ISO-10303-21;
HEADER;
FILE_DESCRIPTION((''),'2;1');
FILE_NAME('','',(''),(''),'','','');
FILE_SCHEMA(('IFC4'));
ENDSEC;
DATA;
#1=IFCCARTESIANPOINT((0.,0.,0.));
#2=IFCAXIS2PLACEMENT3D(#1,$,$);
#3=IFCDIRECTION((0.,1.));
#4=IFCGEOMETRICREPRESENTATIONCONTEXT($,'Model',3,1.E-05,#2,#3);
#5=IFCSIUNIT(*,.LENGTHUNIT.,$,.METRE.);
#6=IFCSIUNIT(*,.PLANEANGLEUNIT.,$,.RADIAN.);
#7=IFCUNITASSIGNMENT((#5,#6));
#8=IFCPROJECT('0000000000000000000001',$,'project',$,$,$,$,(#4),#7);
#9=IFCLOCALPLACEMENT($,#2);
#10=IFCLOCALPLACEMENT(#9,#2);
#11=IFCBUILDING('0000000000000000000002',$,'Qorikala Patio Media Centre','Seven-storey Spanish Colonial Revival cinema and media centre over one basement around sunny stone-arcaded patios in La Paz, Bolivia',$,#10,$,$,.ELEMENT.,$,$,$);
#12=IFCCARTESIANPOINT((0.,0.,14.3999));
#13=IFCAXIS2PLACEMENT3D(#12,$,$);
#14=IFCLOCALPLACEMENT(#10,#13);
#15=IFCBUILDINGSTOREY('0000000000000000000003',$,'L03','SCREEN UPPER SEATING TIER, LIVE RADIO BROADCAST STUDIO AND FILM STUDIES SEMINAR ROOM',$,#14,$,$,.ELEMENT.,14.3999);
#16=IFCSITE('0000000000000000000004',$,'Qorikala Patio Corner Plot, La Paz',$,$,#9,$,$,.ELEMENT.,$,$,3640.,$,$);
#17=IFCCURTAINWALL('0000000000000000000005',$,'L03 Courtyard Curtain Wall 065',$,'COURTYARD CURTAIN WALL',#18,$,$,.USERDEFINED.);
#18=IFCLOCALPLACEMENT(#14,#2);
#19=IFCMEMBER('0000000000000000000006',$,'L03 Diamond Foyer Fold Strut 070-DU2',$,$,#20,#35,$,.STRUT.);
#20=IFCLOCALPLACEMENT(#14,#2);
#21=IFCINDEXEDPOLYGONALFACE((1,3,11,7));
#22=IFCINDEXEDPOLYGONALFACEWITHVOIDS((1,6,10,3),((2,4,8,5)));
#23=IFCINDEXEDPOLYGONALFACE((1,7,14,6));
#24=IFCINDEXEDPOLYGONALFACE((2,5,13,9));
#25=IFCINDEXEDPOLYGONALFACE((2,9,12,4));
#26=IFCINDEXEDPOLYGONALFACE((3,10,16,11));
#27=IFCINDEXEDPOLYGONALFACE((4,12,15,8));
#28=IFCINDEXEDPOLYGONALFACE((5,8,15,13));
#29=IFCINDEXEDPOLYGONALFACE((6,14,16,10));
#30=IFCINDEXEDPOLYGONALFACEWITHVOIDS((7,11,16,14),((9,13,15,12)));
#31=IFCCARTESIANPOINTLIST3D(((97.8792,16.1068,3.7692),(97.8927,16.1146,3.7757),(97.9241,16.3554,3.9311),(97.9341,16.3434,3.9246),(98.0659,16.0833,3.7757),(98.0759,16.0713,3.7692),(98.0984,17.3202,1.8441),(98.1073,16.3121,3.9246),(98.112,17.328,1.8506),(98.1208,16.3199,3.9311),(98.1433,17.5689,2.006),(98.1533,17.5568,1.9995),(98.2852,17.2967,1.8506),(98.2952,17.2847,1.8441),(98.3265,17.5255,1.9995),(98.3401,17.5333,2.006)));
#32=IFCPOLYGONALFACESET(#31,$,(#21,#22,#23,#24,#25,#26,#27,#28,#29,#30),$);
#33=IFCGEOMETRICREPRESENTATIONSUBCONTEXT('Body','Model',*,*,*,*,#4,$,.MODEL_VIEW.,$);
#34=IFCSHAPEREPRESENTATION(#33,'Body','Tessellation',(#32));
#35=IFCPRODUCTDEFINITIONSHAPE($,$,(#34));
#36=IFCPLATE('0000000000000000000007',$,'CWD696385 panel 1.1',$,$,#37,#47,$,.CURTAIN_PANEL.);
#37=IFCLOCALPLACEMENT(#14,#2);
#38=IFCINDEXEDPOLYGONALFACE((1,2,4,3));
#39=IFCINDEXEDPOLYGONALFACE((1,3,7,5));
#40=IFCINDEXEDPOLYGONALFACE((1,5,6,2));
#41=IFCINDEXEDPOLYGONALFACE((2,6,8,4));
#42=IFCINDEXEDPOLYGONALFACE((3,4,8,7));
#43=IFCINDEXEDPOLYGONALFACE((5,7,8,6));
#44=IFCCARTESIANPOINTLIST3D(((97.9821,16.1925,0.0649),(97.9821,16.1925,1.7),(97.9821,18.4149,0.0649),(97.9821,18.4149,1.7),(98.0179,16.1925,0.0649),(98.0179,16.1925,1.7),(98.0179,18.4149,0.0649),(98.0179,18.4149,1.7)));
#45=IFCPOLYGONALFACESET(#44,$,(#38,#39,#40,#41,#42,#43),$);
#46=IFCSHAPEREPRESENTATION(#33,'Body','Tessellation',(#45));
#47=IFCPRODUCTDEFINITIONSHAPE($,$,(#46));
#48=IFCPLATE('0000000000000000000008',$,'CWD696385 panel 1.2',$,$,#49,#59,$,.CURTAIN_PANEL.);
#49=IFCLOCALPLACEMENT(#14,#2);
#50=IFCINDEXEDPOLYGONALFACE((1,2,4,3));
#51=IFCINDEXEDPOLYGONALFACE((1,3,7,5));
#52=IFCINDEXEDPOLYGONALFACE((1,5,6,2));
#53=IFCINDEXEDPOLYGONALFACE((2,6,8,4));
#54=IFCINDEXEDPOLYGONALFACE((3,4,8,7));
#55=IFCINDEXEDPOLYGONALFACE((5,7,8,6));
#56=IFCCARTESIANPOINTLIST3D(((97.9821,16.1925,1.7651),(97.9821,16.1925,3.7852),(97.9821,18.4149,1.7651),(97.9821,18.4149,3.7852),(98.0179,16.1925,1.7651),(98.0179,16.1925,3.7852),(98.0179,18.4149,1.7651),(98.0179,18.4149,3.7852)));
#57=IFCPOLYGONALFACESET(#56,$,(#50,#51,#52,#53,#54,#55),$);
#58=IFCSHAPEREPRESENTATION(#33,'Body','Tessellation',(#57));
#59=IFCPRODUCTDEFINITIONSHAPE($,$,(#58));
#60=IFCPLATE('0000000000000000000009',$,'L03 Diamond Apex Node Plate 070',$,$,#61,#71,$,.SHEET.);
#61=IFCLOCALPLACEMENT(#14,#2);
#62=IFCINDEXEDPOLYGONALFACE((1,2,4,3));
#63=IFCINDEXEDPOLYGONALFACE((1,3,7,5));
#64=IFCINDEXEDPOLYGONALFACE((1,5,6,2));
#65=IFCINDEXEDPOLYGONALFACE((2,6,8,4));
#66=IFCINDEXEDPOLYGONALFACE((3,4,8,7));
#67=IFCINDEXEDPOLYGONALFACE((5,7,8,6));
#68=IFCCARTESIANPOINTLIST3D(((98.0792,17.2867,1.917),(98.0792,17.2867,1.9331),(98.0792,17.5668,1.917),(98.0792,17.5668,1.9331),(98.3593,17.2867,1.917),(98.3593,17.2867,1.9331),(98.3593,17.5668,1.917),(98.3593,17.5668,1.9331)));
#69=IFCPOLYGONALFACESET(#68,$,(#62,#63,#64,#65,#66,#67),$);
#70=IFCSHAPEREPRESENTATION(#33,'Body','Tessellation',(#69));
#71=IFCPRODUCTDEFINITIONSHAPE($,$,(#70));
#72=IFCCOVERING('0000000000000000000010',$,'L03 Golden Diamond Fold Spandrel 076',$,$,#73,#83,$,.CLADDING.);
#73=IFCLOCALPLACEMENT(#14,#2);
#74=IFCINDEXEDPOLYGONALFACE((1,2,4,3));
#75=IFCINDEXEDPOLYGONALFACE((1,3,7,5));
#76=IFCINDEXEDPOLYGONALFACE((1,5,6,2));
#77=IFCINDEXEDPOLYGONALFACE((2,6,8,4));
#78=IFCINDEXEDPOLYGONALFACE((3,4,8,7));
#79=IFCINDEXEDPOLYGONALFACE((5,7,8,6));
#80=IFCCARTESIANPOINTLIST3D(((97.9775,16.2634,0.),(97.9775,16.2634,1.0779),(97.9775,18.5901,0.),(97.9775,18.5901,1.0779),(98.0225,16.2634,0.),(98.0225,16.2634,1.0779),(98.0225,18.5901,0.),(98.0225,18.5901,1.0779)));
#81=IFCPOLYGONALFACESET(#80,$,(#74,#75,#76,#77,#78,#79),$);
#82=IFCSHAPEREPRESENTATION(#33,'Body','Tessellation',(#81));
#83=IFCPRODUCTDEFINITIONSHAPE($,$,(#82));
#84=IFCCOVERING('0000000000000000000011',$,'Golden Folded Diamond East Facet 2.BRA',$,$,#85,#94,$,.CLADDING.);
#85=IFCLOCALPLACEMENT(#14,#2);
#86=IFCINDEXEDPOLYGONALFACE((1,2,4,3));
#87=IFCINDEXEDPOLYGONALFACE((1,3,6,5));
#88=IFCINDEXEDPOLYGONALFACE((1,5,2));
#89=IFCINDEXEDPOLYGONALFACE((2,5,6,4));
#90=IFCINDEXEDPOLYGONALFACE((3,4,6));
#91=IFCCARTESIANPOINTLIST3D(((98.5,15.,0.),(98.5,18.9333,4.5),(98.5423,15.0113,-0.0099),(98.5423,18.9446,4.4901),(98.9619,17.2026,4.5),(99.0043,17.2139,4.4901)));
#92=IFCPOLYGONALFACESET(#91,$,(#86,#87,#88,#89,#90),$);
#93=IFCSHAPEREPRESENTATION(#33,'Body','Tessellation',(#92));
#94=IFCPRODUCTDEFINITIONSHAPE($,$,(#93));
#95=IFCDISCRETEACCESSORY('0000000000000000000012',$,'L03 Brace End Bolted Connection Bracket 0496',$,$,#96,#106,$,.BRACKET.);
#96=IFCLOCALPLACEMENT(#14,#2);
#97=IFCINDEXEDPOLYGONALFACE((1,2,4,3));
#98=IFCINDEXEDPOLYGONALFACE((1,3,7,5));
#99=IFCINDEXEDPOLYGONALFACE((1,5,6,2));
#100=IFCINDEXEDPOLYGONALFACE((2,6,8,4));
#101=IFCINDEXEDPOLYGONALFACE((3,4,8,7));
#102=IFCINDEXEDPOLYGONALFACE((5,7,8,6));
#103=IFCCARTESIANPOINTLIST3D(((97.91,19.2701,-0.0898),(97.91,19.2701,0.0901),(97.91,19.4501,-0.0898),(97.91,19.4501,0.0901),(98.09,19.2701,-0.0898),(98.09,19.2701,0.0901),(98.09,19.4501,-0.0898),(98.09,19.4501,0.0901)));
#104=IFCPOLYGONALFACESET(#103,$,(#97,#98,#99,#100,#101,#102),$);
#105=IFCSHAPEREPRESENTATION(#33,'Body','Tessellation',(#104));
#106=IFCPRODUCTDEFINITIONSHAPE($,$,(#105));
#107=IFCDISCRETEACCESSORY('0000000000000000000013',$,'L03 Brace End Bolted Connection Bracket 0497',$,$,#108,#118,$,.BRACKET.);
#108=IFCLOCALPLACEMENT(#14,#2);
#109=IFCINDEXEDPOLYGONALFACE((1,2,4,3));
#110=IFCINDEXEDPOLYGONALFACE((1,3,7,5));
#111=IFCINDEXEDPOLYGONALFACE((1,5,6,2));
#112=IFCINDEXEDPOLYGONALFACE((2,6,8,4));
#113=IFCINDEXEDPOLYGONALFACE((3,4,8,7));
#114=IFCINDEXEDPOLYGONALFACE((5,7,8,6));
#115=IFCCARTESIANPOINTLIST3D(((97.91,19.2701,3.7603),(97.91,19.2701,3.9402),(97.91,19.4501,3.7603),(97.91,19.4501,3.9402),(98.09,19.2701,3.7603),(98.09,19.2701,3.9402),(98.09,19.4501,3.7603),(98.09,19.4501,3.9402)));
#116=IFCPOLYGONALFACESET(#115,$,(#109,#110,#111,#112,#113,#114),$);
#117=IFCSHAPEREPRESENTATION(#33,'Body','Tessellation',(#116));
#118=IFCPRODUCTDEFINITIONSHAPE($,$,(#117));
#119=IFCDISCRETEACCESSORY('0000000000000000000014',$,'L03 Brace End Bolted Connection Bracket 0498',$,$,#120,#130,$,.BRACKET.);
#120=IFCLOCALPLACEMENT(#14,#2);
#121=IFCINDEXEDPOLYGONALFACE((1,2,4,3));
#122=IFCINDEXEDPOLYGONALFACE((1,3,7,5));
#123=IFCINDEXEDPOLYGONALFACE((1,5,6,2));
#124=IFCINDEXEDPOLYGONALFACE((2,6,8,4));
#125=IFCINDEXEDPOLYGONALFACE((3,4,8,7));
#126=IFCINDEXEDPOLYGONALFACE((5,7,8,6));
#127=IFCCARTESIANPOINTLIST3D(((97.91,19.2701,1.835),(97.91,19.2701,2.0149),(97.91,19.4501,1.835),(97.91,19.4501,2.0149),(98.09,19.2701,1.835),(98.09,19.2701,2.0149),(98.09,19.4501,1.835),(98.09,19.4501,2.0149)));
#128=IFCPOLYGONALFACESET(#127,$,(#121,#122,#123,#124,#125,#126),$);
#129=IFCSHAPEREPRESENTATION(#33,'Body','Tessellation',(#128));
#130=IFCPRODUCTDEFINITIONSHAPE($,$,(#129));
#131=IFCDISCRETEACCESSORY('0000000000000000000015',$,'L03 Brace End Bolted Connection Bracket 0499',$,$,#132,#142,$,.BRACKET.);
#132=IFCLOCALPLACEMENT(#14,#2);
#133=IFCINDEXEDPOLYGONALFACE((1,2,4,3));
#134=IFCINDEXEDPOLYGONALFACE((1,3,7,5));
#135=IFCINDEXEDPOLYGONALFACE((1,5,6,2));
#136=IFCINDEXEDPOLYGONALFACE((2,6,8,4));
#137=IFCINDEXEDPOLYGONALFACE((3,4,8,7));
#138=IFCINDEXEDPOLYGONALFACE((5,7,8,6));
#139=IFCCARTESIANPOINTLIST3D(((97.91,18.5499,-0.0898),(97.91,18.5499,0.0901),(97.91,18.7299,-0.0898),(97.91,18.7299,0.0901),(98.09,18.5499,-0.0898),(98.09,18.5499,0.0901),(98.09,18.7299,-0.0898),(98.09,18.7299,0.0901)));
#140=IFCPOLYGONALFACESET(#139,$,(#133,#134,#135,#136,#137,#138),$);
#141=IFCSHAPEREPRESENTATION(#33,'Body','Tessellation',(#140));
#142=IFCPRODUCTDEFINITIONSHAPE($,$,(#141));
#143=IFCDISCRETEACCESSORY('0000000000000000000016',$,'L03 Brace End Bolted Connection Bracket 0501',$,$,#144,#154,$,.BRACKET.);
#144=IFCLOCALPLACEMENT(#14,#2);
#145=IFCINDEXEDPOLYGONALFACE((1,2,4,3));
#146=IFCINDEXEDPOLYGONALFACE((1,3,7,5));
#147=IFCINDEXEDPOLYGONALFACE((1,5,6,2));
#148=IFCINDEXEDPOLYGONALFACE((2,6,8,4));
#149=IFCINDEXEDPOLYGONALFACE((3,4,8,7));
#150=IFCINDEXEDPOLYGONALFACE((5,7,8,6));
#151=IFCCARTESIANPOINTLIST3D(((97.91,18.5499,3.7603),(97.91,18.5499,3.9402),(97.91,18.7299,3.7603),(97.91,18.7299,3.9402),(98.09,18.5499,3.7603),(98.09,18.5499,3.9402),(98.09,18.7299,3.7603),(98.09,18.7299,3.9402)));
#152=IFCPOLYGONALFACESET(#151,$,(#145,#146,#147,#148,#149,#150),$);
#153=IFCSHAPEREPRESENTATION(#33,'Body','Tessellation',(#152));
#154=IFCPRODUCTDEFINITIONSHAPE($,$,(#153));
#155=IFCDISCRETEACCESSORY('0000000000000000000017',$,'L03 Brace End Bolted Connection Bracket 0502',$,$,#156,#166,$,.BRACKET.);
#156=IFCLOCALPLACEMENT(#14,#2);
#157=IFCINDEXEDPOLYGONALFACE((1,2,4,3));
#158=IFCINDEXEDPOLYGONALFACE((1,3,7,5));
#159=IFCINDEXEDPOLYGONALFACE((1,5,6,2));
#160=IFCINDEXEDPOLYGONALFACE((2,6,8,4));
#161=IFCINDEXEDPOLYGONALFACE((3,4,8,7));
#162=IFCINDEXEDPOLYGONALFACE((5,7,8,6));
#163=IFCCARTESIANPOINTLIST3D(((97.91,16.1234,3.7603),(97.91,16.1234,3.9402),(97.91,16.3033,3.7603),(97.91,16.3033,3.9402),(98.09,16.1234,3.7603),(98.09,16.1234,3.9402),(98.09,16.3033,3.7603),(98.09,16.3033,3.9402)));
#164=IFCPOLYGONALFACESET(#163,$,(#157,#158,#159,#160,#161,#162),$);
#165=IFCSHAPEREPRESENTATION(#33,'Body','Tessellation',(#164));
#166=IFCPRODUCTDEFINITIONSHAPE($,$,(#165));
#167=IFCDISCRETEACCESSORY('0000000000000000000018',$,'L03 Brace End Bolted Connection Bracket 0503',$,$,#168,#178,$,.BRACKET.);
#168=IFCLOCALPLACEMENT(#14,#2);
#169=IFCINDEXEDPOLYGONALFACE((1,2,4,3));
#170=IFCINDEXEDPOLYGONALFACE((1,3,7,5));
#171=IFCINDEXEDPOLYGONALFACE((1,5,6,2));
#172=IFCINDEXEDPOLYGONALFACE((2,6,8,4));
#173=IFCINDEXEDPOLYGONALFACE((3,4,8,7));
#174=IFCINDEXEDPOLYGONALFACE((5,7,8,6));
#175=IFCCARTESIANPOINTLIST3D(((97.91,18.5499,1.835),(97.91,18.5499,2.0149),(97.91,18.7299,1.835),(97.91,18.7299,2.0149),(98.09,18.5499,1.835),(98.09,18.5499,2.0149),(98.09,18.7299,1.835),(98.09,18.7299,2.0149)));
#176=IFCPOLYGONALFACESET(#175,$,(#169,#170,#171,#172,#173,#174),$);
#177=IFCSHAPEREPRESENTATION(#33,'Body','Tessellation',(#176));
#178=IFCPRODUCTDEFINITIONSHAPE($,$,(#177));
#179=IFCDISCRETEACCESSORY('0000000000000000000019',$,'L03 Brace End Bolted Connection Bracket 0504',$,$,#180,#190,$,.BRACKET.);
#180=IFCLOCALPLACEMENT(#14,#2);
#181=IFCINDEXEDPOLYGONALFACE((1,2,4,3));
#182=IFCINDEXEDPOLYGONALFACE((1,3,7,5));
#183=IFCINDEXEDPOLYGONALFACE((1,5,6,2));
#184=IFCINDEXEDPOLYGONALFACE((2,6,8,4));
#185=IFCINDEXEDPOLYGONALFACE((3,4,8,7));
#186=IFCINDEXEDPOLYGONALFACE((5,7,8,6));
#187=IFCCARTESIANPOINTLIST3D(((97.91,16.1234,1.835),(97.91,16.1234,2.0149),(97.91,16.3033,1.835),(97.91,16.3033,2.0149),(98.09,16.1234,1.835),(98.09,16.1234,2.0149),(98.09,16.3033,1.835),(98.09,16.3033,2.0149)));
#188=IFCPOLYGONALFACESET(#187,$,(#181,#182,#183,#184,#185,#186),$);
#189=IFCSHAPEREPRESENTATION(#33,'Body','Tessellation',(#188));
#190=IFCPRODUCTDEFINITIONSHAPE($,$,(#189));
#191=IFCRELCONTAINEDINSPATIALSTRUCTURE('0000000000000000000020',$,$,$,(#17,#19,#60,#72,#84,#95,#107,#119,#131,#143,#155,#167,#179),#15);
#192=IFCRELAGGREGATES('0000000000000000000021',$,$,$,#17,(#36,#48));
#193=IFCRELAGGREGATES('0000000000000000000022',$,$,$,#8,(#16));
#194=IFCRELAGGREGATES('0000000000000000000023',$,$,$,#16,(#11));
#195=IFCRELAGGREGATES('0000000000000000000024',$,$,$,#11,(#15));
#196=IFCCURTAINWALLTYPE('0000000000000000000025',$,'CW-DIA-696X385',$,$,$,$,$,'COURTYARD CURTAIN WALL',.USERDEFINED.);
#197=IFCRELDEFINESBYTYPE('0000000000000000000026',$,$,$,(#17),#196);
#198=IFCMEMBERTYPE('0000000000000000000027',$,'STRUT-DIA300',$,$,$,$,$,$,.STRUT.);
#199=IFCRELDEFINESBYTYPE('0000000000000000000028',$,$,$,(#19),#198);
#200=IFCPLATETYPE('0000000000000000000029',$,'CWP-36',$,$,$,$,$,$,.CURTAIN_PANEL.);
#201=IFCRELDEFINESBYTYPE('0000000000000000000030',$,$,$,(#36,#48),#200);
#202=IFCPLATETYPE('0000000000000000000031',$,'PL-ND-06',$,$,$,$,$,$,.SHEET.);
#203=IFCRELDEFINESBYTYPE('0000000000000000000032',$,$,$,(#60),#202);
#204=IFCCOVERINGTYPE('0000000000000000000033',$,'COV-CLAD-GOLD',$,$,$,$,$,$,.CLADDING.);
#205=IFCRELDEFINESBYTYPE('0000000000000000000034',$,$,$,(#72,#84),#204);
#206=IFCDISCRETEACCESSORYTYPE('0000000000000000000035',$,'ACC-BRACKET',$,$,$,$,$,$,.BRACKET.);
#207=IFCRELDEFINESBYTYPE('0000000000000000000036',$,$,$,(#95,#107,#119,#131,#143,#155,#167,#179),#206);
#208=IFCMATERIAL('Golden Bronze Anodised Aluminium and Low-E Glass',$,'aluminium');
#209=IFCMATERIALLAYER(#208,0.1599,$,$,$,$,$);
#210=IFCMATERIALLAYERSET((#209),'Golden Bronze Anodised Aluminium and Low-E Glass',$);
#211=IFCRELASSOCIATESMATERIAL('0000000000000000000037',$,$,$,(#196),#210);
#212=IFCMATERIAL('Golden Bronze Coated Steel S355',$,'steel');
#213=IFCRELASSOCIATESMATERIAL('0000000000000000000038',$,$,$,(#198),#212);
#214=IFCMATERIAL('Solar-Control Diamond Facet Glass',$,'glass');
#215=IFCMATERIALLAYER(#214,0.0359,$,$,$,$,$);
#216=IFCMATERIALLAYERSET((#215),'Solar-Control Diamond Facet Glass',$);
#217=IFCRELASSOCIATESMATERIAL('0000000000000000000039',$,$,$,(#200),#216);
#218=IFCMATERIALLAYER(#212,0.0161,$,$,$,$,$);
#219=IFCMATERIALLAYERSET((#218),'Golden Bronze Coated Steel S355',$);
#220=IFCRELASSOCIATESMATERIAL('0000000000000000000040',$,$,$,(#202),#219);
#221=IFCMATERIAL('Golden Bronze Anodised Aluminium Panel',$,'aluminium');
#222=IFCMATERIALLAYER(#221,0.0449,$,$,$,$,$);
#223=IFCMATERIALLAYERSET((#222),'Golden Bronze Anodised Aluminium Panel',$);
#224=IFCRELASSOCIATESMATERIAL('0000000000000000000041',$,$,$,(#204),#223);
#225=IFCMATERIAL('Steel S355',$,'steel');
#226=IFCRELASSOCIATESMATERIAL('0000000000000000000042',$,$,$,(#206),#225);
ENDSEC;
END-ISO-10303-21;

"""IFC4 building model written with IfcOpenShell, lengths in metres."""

from ifc_helpers import new_model, si_unit, direction, frame, origin, origin_2d, place, context, subcontext, project, spatial, polyline, rectangle, hollow_rectangle, outline, extrude, material, layer, layer_set, material_profile, profile_set, type_object, element, aggregate, save


model = new_model("IFC4")

# Units and contexts
model_context = context("Model", 3, precision=1e-05, world=origin(), true_north=direction((0.0, 1.0)))
body_context = subcontext(model_context, "Body", "Model", "MODEL_VIEW")
ifc_project = project(units=[si_unit("LENGTHUNIT", "METRE"), si_unit("PLANEANGLEUNIT", "RADIAN")], contexts=[model_context])

# Site, building, storey
site_placement = place(None, origin())
site = spatial("IfcSite", under=ifc_project, at=site_placement, Name="Qorikala Patio Corner Plot, La Paz", CompositionType="ELEMENT", RefElevation=3640.0)
building_placement = place(site_placement, origin())
building = spatial("IfcBuilding", under=site, at=building_placement, Name="Qorikala Patio Media Centre", Description="Seven-storey Spanish Colonial Revival cinema and media centre over one basement around sunny stone-arcaded patios in La Paz, Bolivia", CompositionType="ELEMENT")
storey_placement = place(building_placement, frame((0.0, 0.0, 14.3999)))
storey = spatial("IfcBuildingStorey", under=building, at=storey_placement, Name="L03", Description="SCREEN UPPER SEATING TIER, LIVE RADIO BROADCAST STUDIO AND FILM STUDIES SEMINAR ROOM", CompositionType="ELEMENT", Elevation=14.3999)

# Shared definitions
ifc_material_1 = material(Name="Golden Bronze Coated Steel S355", Category="steel")

# Curtain wall
ifc_material_2 = material(Name="Golden Bronze Anodised Aluminium and Low-E Glass", Category="aluminium")
ifc_layer_1 = layer(ifc_material_2, 0.1599)
ifc_layer_set_1 = layer_set([ifc_layer_1], Name="Golden Bronze Anodised Aluminium and Low-E Glass")
curtain_wall_type = type_object("IfcCurtainWallType", Name="CW-DIA-696X385", ElementType="COURTYARD CURTAIN WALL", PredefinedType="USERDEFINED", material=ifc_layer_set_1)
curtain_wall_placement = place(storey_placement, origin())
curtain_wall = element("IfcCurtainWall", 1, at=curtain_wall_placement, inside=storey, type_object=curtain_wall_type, Name="L03 Courtyard Curtain Wall 065", ObjectType="COURTYARD CURTAIN WALL", PredefinedType="USERDEFINED")

# Shared definitions
ifc_material_3 = material(Name="Steel S355", Category="steel")

# Member
ifc_material_profile_1 = material_profile(ifc_material_1, hollow_rectangle(XDim=0.2, YDim=0.3, WallThickness=0.012, at=origin_2d()), Name="HSS300X200X12")
ifc_profile_set_1 = profile_set([ifc_material_profile_1], Name="Golden Bronze Coated Steel S355")
member_type_1 = type_object("IfcMemberType", Name="STRUT-DIA300", PredefinedType="STRUT", material=ifc_profile_set_1)
member_1_placement = place(storey_placement, frame((98.2192, 17.4268, 1.925), z_axis=(-0.095901, -0.530768, 0.842074), x_axis=(0.984066, -0.177805, 0.0)))
element("IfcMember", 2, at=member_1_placement, inside=storey, type_object=member_type_1, Name="L03 Diamond Foyer Fold Strut 070-DU2", PredefinedType="STRUT", context=body_context, shape_type="SweptSolid", body=[
    extrude(hollow_rectangle(XDim=0.2, YDim=0.3, WallThickness=0.012, at=origin_2d()), origin(), (0.0, 0.0, 1.0), 2.2861),
])

# Plates
ifc_material_4 = material(Name="Solar-Control Diamond Facet Glass", Category="glass")
ifc_layer_2 = layer(ifc_material_4, 0.0359)
ifc_layer_set_2 = layer_set([ifc_layer_2], Name="Solar-Control Diamond Facet Glass")
plate_type_1 = type_object("IfcPlateType", Name="CWP-36", PredefinedType="CURTAIN_PANEL", material=ifc_layer_set_2)
plate_1_placement = place(storey_placement, frame((98.0, 17.3037, 0.0649), z_axis=(0.0, 0.0, 1.0), x_axis=(0.0, -1.0, 0.0)))
plate_1 = element("IfcPlate", 3, at=plate_1_placement, type_object=plate_type_1, Name="CWD696385 panel 1.1", PredefinedType="CURTAIN_PANEL", context=body_context, shape_type="SweptSolid", body=[
    extrude(rectangle(XDim=2.2224, YDim=0.0359, at=origin_2d()), origin(), (0.0, 0.0, 1.0), 1.635),
])
plate_2_placement = place(storey_placement, frame((98.0, 17.3037, 1.7651), z_axis=(0.0, 0.0, 1.0), x_axis=(0.0, -1.0, 0.0)))
plate_2 = element("IfcPlate", 4, at=plate_2_placement, type_object=plate_type_1, Name="CWD696385 panel 1.2", PredefinedType="CURTAIN_PANEL", context=body_context, shape_type="SweptSolid", body=[
    extrude(rectangle(XDim=2.2224, YDim=0.0359, at=origin_2d()), origin(), (0.0, 0.0, 1.0), 2.02),
])
aggregate(curtain_wall, [plate_1, plate_2])
ifc_layer_3 = layer(ifc_material_1, 0.0161)
ifc_layer_set_3 = layer_set([ifc_layer_3], Name="Golden Bronze Coated Steel S355")
plate_type_2 = type_object("IfcPlateType", Name="PL-ND-06", PredefinedType="SHEET", material=ifc_layer_set_3)
plate_3_placement = place(storey_placement, frame((98.2192, 17.4268, 1.917), z_axis=(0.0, 0.0, 1.0), x_axis=(0.0, -1.0, 0.0)))
element("IfcPlate", 5, at=plate_3_placement, inside=storey, type_object=plate_type_2, Name="L03 Diamond Apex Node Plate 070", PredefinedType="SHEET", context=body_context, shape_type="SweptSolid", body=[
    extrude(rectangle(XDim=0.28, YDim=0.28, at=origin_2d()), origin(), (0.0, 0.0, 1.0), 0.0161),
])

# Coverings
ifc_material_5 = material(Name="Golden Bronze Anodised Aluminium Panel", Category="aluminium")
ifc_layer_4 = layer(ifc_material_5, 0.0449)
ifc_layer_set_4 = layer_set([ifc_layer_4], Name="Golden Bronze Anodised Aluminium Panel")
covering_type = type_object("IfcCoveringType", Name="COV-CLAD-GOLD", PredefinedType="CLADDING", material=ifc_layer_set_4)
covering_1_placement = place(storey_placement, frame((98.0, 17.4268, 0.0), z_axis=(0.0, 0.0, 1.0), x_axis=(0.0, -1.0, 0.0)))
element("IfcCovering", 6, at=covering_1_placement, inside=storey, type_object=covering_type, Name="L03 Golden Diamond Fold Spandrel 076", PredefinedType="CLADDING", context=body_context, shape_type="SweptSolid", body=[
    extrude(rectangle(XDim=2.3267, YDim=0.0449, at=origin_2d()), origin(), (0.0, 0.0, 1.0), 1.0779),
])
covering_2_placement = place(storey_placement, frame((98.5, 15.0, 0.0), z_axis=(-0.942535, -0.251556, 0.219879), x_axis=(0.0, 0.658111, 0.752921)))
element("IfcCovering", 7, at=covering_2_placement, inside=storey, type_object=covering_type, Name="Golden Folded Diamond East Facet 2.BRA", PredefinedType="CLADDING", context=body_context, shape_type="SweptSolid", body=[
    extrude(outline(polyline([(0.0, 0.0), (5.9767, 0.0), (4.8377, -1.3825), (0.0, 0.0)])), origin(), (0.0, 0.0, -1.0), 0.0449),
])

# Discrete accessories
discrete_accessory_type = type_object("IfcDiscreteAccessoryType", Name="ACC-BRACKET", PredefinedType="BRACKET", material=ifc_material_3)
for number, where, z_axis, x_axis, name in (
    (8, (98.0, 19.3601, -0.0898), (0.0, 0.0, 1.0), (1.0, 0.0, 0.0), "L03 Brace End Bolted Connection Bracket 0496"),
    (9, (98.0, 19.3601, 3.7603), (0.0, 0.0, 1.0), (1.0, 0.0, 0.0), "L03 Brace End Bolted Connection Bracket 0497"),
    (10, (98.0, 19.3601, 1.835), (0.0, 0.0, 1.0), (1.0, 0.0, 0.0), "L03 Brace End Bolted Connection Bracket 0498"),
    (11, (98.0, 18.6399, -0.0898), (0.0, 0.0, 1.0), (1.0, 0.0, 0.0), "L03 Brace End Bolted Connection Bracket 0499"),
    (12, (98.0, 18.6399, 3.7603), (0.0, 0.0, 1.0), (1.0, 0.0, 0.0), "L03 Brace End Bolted Connection Bracket 0501"),
    (13, (98.0, 16.2134, 3.7603), (0.0, 0.0, 1.0), (1.0, 0.0, 0.0), "L03 Brace End Bolted Connection Bracket 0502"),
    (14, (98.0, 18.6399, 1.835), (0.0, 0.0, 1.0), (1.0, 0.0, 0.0), "L03 Brace End Bolted Connection Bracket 0503"),
    (15, (98.0, 16.2134, 1.835), (0.0, 0.0, 1.0), (1.0, 0.0, 0.0), "L03 Brace End Bolted Connection Bracket 0504"),
):
    element("IfcDiscreteAccessory", number, at=place(storey_placement, frame(where, z_axis=z_axis, x_axis=x_axis)), inside=storey, type_object=discrete_accessory_type, Name=name, PredefinedType="BRACKET", context=body_context, shape_type="SweptSolid", body=[
        extrude(rectangle(XDim=0.1799, YDim=0.1799, at=origin_2d()), origin(), (0.0, 0.0, 1.0), 0.1799),
    ])

save(model, "model.ifc")
